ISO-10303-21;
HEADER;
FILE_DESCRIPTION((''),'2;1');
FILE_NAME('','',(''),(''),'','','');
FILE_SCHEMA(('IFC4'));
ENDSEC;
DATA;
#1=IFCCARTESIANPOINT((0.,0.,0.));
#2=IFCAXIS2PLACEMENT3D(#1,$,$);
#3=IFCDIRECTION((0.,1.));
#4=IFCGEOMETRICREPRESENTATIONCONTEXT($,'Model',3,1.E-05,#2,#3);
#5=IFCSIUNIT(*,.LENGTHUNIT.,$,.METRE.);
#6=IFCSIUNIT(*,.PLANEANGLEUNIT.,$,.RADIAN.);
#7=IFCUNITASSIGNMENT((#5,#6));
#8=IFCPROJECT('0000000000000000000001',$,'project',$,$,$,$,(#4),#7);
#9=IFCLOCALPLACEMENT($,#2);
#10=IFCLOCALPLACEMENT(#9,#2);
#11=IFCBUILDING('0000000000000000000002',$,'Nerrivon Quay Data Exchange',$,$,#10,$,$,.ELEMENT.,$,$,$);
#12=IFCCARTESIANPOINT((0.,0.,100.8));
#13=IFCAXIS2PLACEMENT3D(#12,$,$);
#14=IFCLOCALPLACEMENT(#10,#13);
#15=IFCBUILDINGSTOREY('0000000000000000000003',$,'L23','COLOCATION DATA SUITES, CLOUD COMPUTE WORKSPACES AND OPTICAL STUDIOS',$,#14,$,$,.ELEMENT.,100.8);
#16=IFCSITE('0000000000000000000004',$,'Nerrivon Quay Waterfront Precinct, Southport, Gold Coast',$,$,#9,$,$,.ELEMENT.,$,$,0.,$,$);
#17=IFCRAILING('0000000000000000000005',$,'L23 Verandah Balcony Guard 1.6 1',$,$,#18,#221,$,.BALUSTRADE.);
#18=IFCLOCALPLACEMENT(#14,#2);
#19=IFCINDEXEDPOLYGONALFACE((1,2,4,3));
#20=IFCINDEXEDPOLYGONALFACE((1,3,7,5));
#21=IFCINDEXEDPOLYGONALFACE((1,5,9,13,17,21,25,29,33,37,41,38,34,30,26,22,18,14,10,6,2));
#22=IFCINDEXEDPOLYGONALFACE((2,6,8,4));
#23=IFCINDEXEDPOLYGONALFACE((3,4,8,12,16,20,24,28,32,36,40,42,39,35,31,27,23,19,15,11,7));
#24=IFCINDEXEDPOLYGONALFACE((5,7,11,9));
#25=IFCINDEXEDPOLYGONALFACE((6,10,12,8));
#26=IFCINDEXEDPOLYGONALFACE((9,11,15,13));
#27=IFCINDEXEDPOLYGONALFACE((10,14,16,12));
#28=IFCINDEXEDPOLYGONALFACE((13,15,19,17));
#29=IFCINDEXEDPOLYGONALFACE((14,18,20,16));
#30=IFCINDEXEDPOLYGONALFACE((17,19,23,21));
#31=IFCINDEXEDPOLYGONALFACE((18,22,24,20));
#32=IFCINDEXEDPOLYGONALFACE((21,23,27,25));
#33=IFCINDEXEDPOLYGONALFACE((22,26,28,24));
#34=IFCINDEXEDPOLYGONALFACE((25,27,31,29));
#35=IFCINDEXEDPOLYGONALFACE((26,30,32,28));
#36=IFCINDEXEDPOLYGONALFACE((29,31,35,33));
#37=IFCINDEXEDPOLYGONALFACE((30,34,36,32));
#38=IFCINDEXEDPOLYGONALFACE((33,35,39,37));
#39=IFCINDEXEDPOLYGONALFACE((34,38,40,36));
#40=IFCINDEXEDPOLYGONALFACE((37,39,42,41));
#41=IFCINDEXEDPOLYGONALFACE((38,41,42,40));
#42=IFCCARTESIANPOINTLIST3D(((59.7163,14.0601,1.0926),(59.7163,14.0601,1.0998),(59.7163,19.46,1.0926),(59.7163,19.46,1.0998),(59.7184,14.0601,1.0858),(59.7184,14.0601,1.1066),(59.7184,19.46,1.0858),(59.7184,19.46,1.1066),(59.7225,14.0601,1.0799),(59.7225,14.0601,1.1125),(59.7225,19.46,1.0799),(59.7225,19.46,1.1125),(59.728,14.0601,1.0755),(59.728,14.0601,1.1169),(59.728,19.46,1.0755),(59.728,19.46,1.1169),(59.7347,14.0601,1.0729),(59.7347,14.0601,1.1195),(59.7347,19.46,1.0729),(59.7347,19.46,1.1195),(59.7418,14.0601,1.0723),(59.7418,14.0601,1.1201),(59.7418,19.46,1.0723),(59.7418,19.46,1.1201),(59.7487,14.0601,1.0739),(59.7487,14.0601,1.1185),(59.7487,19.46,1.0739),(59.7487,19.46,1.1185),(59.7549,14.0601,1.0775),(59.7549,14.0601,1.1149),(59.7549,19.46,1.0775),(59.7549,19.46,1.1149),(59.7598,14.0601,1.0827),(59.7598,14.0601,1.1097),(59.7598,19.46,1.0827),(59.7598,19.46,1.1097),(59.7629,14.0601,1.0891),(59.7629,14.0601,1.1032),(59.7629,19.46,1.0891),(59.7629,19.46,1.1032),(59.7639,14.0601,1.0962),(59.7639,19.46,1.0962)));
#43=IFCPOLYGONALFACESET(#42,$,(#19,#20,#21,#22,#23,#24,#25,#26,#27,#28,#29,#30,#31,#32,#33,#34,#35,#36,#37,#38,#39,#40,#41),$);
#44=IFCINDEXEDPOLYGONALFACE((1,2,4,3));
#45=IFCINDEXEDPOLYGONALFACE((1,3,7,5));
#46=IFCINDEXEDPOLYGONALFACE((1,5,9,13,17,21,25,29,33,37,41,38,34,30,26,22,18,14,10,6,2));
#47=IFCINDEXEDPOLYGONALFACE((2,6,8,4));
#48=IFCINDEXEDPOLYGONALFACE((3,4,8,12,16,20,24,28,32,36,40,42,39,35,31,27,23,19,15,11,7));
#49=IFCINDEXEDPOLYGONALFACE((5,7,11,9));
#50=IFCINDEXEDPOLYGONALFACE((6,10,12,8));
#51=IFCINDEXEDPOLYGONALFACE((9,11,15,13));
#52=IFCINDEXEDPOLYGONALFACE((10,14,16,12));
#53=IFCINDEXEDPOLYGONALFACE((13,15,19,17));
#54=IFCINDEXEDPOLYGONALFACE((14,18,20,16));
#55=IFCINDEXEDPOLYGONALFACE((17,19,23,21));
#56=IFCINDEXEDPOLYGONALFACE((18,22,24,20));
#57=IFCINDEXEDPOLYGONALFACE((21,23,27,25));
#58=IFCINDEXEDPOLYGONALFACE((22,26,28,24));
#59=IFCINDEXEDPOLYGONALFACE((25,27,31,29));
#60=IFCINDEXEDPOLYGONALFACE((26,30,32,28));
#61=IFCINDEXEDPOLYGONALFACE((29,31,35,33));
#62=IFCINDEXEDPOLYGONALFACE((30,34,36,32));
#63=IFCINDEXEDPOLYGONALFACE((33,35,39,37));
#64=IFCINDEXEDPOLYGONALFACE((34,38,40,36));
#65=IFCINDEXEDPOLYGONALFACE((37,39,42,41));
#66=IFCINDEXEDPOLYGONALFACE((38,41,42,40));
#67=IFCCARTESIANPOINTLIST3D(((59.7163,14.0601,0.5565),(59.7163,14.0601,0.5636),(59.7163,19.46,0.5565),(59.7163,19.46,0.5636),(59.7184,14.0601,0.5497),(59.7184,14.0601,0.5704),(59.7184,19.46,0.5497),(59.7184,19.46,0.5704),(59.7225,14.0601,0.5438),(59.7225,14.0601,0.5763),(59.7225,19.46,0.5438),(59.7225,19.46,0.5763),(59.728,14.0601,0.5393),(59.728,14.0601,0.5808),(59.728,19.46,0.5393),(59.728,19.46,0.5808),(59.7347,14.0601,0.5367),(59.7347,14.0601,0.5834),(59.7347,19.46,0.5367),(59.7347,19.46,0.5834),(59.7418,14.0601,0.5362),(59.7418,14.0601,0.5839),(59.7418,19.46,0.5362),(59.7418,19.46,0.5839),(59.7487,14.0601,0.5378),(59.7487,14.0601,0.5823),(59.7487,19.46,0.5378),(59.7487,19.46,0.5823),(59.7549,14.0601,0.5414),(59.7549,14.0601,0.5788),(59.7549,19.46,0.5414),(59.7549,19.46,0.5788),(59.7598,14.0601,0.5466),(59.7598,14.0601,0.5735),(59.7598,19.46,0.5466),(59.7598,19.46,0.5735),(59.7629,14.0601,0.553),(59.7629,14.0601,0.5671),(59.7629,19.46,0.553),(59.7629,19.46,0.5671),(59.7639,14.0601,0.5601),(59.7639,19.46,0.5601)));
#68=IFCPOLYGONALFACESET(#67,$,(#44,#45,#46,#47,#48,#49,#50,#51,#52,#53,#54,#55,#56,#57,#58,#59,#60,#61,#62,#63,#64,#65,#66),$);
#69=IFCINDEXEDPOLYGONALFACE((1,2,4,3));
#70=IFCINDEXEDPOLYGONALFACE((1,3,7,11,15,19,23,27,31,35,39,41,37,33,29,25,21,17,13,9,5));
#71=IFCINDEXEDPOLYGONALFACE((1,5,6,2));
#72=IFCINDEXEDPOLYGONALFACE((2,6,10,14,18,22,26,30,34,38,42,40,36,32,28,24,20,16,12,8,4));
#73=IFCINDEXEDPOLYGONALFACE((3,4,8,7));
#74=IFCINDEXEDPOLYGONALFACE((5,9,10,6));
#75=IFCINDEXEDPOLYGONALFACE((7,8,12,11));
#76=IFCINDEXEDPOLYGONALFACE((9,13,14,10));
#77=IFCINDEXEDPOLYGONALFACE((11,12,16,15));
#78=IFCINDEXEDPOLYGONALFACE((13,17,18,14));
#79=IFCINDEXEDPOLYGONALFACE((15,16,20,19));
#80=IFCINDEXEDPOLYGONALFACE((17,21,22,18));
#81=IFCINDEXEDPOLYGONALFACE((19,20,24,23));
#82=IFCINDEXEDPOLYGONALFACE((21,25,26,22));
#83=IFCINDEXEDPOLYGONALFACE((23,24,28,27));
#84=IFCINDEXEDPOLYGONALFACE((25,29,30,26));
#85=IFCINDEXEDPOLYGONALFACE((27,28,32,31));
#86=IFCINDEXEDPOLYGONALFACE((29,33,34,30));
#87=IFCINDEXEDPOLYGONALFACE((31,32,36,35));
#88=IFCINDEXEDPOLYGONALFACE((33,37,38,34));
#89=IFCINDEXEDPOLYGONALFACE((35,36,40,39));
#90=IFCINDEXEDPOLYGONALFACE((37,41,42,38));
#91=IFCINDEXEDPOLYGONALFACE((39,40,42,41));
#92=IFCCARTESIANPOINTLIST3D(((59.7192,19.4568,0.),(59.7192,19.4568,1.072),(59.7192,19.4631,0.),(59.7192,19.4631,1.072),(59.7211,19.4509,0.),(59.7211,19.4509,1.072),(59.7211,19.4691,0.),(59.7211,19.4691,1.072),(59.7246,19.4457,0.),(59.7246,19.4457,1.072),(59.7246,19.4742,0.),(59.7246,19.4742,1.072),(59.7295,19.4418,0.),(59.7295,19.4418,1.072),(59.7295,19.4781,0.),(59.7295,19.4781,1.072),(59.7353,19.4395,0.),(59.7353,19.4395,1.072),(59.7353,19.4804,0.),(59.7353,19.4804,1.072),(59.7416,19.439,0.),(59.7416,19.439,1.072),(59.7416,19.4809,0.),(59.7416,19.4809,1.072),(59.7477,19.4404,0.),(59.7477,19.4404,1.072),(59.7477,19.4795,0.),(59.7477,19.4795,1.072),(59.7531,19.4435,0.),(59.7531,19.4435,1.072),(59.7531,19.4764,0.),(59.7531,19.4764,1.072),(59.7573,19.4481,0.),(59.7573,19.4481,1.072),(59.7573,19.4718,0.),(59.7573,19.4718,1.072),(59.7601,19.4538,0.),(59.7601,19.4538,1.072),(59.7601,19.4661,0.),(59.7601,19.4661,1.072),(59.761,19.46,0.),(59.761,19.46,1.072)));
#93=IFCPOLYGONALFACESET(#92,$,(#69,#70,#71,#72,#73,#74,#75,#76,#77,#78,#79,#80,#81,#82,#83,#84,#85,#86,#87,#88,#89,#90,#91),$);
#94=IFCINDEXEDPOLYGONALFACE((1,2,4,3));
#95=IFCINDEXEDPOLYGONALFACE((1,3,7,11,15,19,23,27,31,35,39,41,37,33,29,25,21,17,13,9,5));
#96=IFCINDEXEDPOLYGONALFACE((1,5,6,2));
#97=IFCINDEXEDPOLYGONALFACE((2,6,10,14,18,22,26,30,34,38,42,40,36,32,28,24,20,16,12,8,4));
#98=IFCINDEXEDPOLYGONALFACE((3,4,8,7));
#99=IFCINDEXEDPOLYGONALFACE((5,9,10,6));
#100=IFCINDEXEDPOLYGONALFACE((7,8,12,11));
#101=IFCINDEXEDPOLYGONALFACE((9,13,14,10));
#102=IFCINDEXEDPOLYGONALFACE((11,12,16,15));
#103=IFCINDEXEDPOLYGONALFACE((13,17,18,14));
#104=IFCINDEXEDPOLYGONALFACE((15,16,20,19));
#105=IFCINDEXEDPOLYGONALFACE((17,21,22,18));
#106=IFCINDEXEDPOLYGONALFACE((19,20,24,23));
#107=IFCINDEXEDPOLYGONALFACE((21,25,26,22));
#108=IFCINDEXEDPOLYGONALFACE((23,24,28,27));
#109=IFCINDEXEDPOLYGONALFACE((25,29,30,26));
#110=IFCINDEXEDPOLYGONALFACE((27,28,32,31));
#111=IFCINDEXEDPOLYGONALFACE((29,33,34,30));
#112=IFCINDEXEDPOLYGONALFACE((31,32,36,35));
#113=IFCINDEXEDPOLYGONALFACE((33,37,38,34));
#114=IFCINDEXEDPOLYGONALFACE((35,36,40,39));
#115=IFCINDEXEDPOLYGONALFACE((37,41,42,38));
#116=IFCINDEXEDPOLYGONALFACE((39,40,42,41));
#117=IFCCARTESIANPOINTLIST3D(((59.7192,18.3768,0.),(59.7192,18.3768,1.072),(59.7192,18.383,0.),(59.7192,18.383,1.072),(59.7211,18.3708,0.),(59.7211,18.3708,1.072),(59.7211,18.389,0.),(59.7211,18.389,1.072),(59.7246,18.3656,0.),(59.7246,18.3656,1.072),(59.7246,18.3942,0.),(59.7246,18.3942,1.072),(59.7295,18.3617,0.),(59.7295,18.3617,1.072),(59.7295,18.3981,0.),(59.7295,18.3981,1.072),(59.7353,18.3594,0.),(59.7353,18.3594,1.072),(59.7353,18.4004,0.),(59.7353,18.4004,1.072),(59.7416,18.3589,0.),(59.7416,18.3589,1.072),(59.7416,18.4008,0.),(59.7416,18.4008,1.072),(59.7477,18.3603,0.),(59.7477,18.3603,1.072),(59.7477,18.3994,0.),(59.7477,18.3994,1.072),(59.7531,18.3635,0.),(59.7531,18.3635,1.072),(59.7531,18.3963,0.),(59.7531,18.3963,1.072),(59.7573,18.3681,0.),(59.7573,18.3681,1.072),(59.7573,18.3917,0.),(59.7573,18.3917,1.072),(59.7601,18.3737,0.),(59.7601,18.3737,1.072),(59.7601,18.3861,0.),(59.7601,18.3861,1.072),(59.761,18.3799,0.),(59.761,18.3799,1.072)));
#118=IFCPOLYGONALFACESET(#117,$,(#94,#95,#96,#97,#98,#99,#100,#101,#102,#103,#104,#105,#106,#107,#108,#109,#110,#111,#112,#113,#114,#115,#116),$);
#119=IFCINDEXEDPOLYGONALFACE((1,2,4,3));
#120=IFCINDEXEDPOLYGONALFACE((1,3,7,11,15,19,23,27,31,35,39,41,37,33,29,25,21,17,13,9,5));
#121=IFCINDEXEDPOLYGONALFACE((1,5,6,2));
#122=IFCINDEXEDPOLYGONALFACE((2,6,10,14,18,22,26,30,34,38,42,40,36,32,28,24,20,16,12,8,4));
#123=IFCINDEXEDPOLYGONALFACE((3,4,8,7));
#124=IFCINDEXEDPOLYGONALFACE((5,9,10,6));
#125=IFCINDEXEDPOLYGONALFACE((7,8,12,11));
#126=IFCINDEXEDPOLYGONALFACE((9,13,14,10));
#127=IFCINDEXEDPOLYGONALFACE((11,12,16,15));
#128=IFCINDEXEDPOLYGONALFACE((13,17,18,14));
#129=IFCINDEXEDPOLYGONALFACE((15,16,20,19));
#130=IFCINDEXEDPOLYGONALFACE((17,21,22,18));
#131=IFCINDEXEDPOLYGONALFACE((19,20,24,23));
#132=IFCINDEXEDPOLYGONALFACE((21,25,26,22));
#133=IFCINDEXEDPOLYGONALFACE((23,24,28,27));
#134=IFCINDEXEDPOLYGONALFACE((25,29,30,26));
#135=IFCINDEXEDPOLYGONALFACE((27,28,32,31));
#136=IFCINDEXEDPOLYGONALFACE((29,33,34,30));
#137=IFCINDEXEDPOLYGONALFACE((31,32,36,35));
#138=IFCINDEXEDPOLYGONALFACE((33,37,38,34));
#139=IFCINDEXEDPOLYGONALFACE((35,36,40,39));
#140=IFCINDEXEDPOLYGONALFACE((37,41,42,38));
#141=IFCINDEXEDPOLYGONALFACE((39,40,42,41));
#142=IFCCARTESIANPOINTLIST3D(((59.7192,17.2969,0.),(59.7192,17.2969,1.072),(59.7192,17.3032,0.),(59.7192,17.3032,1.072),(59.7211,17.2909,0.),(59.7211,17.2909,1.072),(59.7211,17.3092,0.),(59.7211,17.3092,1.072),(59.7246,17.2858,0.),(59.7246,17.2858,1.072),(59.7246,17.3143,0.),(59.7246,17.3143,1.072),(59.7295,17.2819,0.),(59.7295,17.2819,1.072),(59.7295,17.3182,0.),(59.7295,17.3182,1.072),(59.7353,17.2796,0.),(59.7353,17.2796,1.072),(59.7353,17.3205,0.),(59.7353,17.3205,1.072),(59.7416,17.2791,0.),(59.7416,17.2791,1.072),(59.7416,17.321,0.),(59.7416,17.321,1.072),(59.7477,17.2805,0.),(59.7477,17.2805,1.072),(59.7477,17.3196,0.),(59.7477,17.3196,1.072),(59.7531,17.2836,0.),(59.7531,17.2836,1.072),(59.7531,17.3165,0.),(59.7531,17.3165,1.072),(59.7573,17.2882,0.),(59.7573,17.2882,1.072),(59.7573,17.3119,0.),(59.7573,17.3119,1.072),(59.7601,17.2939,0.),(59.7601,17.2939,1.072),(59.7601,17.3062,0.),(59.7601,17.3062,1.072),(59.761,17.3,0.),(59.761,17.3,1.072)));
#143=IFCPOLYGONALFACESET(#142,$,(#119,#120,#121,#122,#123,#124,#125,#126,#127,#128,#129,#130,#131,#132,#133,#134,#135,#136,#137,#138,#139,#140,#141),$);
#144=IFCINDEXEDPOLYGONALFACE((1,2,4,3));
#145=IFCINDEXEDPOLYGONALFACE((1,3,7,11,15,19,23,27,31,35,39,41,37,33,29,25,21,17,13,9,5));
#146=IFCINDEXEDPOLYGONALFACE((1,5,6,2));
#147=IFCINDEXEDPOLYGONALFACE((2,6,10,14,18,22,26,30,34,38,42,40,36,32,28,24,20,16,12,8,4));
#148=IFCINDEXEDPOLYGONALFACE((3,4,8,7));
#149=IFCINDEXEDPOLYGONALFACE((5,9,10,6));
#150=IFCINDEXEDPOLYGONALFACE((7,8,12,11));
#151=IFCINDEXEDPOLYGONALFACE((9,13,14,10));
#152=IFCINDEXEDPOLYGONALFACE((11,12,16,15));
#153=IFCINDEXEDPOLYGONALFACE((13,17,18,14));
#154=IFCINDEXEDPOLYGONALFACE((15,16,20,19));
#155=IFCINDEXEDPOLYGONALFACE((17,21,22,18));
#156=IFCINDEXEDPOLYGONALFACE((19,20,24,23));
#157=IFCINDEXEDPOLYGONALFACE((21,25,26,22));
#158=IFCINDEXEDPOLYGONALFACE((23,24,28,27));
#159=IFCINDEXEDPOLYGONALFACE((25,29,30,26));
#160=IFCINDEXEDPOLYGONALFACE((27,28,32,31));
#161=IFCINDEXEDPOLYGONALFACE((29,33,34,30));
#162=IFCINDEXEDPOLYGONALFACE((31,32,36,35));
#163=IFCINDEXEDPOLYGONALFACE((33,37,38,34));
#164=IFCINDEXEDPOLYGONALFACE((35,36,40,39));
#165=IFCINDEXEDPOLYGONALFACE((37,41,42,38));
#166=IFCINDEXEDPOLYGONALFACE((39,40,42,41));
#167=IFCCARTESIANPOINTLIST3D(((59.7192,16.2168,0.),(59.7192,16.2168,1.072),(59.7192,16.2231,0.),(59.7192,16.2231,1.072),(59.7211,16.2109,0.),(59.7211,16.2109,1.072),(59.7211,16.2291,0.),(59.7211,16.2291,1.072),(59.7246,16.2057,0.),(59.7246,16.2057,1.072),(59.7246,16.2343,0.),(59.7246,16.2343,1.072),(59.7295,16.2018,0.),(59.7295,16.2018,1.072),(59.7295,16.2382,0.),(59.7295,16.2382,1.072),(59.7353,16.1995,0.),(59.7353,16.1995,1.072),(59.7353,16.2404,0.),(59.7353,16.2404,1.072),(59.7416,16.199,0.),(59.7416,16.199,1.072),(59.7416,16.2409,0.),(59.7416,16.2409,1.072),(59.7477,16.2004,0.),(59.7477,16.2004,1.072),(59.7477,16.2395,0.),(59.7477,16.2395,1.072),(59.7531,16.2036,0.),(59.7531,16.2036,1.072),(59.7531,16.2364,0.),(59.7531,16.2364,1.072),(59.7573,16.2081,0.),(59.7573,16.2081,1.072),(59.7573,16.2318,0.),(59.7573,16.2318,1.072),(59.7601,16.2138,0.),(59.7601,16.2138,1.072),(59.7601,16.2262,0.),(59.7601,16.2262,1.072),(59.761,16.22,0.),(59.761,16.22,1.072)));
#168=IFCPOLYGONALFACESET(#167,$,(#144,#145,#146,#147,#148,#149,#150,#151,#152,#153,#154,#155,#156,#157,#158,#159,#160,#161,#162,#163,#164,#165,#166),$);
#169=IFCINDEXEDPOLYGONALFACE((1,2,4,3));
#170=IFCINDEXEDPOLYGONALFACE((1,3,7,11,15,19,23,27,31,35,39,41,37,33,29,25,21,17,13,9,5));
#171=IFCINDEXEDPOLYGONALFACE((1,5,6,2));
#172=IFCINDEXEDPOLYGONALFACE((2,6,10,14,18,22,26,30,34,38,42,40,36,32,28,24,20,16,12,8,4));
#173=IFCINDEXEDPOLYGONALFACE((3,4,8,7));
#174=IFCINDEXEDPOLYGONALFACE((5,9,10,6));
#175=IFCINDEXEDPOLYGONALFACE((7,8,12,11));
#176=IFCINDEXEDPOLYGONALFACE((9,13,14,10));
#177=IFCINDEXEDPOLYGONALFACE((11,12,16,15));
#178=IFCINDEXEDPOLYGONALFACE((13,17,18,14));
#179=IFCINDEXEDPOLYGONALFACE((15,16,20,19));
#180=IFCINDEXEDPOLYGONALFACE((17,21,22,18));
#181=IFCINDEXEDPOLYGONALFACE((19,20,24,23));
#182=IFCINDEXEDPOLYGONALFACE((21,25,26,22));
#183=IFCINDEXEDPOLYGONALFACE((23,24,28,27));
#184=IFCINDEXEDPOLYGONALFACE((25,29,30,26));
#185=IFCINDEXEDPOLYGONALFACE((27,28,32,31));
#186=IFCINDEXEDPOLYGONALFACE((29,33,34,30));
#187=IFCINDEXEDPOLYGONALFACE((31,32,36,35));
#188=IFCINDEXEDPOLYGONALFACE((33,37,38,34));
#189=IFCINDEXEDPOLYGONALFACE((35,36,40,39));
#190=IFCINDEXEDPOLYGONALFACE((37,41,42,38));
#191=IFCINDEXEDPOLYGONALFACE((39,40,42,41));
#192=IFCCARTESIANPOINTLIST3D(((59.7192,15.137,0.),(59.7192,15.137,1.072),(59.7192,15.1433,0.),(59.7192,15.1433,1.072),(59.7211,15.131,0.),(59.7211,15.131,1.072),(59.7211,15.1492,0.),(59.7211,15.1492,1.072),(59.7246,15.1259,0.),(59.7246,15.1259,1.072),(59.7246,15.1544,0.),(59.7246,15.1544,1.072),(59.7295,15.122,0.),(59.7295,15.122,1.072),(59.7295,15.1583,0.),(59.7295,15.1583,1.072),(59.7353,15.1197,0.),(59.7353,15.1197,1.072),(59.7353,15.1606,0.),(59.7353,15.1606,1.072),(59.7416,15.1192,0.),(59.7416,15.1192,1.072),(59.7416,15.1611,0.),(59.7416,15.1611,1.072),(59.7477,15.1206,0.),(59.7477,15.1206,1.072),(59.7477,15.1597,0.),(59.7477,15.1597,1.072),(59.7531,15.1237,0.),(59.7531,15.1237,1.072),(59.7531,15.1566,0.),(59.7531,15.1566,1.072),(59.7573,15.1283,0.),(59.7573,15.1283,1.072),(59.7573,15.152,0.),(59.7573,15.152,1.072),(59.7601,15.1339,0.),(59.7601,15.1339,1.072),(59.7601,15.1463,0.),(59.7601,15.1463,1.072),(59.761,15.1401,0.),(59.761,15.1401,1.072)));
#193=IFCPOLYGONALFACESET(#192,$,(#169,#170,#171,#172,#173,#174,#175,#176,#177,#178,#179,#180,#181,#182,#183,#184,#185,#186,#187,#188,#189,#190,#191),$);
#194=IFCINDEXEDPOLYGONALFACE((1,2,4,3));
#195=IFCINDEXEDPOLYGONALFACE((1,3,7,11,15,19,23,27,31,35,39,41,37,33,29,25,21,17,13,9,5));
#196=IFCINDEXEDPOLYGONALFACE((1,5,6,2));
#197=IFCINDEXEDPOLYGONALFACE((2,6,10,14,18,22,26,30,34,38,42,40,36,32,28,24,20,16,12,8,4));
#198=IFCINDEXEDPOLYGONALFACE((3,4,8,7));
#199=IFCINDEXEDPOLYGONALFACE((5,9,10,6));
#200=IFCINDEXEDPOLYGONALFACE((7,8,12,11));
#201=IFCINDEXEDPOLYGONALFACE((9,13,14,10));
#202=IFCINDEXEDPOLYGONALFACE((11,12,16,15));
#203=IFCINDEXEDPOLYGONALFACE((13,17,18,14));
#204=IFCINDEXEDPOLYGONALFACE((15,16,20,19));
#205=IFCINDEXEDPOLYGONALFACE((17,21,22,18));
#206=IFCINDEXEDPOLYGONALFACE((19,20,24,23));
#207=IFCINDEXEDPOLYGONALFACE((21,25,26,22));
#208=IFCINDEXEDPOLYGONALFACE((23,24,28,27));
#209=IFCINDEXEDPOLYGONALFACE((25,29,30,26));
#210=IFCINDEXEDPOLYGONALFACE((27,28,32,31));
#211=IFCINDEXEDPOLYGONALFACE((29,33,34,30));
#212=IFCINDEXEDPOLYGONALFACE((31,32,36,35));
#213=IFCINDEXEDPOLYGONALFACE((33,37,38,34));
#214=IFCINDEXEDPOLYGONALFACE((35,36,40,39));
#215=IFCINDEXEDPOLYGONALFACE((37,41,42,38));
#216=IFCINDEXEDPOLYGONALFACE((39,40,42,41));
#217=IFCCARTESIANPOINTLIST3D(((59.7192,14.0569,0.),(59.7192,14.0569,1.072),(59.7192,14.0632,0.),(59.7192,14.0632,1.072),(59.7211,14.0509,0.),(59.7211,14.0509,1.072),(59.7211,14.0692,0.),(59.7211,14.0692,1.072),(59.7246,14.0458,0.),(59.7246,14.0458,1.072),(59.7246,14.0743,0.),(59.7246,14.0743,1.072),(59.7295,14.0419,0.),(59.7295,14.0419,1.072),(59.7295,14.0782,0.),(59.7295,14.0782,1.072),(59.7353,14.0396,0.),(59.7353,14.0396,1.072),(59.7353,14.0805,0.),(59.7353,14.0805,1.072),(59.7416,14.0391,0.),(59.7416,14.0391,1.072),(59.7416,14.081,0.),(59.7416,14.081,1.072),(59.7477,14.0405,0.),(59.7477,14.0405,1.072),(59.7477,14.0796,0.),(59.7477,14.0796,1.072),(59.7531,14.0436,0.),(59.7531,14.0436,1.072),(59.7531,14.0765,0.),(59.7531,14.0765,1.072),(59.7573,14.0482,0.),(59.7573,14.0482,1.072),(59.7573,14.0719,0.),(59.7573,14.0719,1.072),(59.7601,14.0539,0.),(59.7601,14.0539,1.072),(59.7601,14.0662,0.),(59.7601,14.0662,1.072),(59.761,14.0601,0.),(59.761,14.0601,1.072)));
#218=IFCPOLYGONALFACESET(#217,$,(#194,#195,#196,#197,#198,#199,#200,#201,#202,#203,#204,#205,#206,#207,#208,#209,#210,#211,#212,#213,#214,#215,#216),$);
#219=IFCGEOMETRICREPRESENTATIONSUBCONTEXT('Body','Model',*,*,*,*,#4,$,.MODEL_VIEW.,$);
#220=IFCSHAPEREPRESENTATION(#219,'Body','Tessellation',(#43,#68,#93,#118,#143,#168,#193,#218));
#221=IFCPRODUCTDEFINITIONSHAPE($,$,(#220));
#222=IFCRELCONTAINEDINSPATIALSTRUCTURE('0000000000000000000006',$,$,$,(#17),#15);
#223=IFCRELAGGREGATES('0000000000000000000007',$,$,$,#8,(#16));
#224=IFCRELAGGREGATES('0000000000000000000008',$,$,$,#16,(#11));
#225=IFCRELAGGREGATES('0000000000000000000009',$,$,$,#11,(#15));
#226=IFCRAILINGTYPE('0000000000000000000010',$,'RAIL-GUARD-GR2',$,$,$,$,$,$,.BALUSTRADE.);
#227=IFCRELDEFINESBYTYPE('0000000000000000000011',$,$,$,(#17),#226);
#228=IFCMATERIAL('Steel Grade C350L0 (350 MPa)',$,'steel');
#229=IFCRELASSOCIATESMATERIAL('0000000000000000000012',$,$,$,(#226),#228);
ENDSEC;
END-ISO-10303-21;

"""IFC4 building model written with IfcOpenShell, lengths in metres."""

from ifc_helpers import new_model, si_unit, direction, frame, origin, origin_2d, place, context, subcontext, project, spatial, circle, extrude, material, type_object, element, save


model = new_model("IFC4")

# Units and contexts
model_context = context("Model", 3, precision=1e-05, world=origin(), true_north=direction((0.0, 1.0)))
body_context = subcontext(model_context, "Body", "Model", "MODEL_VIEW")
ifc_project = project(units=[si_unit("LENGTHUNIT", "METRE"), si_unit("PLANEANGLEUNIT", "RADIAN")], contexts=[model_context])

# Site, building, storey
site_placement = place(None, origin())
site = spatial("IfcSite", under=ifc_project, at=site_placement, Name="Nerrivon Quay Waterfront Precinct, Southport, Gold Coast", CompositionType="ELEMENT", RefElevation=0.0)
building_placement = place(site_placement, origin())
building = spatial("IfcBuilding", under=site, at=building_placement, Name="Nerrivon Quay Data Exchange", CompositionType="ELEMENT")
storey_placement = place(building_placement, frame((0.0, 0.0, 100.8)))
storey = spatial("IfcBuildingStorey", under=building, at=storey_placement, Name="L23", Description="COLOCATION DATA SUITES, CLOUD COMPUTE WORKSPACES AND OPTICAL STUDIOS", CompositionType="ELEMENT", Elevation=100.8)

# Railing
ifc_material_1 = material(Name="Steel Grade C350L0 (350 MPa)", Category="steel")
railing_type = type_object("IfcRailingType", Name="RAIL-GUARD-GR2", PredefinedType="BALUSTRADE", material=ifc_material_1)
railing_1_placement = place(storey_placement, frame((59.74, 19.46, 0.0)))
element("IfcRailing", 1, at=railing_1_placement, inside=storey, type_object=railing_type, Name="L23 Verandah Balcony Guard 1.6 1", PredefinedType="BALUSTRADE", context=body_context, shape_type="SweptSolid", body=[
    extrude(circle(Radius=0.0239, at=origin_2d()), frame((0.0, 0.0, 1.0962), z_axis=(0.0, -1.0, 0.0), x_axis=(1.0, 0.0, 0.0)), (0.0, 0.0, 1.0), 5.3999),
    extrude(circle(Radius=0.0239, at=origin_2d()), frame((0.0, 0.0, 0.5601), z_axis=(0.0, -1.0, 0.0), x_axis=(1.0, 0.0, 0.0)), (0.0, 0.0, 1.0), 5.3999),
    extrude(circle(Radius=0.021, at=origin_2d()), origin(), (0.0, 0.0, 1.0), 1.072),
    extrude(circle(Radius=0.021, at=origin_2d()), frame((0.0, -1.0801, 0.0)), (0.0, 0.0, 1.0), 1.072),
    extrude(circle(Radius=0.021, at=origin_2d()), frame((0.0, -2.1599, 0.0)), (0.0, 0.0, 1.0), 1.072),
    extrude(circle(Radius=0.021, at=origin_2d()), frame((0.0, -3.24, 0.0)), (0.0, 0.0, 1.0), 1.072),
    extrude(circle(Radius=0.021, at=origin_2d()), frame((0.0, -4.3198, 0.0)), (0.0, 0.0, 1.0), 1.072),
    extrude(circle(Radius=0.021, at=origin_2d()), frame((0.0, -5.3999, 0.0)), (0.0, 0.0, 1.0), 1.072),
])

save(model, "model.ifc")
